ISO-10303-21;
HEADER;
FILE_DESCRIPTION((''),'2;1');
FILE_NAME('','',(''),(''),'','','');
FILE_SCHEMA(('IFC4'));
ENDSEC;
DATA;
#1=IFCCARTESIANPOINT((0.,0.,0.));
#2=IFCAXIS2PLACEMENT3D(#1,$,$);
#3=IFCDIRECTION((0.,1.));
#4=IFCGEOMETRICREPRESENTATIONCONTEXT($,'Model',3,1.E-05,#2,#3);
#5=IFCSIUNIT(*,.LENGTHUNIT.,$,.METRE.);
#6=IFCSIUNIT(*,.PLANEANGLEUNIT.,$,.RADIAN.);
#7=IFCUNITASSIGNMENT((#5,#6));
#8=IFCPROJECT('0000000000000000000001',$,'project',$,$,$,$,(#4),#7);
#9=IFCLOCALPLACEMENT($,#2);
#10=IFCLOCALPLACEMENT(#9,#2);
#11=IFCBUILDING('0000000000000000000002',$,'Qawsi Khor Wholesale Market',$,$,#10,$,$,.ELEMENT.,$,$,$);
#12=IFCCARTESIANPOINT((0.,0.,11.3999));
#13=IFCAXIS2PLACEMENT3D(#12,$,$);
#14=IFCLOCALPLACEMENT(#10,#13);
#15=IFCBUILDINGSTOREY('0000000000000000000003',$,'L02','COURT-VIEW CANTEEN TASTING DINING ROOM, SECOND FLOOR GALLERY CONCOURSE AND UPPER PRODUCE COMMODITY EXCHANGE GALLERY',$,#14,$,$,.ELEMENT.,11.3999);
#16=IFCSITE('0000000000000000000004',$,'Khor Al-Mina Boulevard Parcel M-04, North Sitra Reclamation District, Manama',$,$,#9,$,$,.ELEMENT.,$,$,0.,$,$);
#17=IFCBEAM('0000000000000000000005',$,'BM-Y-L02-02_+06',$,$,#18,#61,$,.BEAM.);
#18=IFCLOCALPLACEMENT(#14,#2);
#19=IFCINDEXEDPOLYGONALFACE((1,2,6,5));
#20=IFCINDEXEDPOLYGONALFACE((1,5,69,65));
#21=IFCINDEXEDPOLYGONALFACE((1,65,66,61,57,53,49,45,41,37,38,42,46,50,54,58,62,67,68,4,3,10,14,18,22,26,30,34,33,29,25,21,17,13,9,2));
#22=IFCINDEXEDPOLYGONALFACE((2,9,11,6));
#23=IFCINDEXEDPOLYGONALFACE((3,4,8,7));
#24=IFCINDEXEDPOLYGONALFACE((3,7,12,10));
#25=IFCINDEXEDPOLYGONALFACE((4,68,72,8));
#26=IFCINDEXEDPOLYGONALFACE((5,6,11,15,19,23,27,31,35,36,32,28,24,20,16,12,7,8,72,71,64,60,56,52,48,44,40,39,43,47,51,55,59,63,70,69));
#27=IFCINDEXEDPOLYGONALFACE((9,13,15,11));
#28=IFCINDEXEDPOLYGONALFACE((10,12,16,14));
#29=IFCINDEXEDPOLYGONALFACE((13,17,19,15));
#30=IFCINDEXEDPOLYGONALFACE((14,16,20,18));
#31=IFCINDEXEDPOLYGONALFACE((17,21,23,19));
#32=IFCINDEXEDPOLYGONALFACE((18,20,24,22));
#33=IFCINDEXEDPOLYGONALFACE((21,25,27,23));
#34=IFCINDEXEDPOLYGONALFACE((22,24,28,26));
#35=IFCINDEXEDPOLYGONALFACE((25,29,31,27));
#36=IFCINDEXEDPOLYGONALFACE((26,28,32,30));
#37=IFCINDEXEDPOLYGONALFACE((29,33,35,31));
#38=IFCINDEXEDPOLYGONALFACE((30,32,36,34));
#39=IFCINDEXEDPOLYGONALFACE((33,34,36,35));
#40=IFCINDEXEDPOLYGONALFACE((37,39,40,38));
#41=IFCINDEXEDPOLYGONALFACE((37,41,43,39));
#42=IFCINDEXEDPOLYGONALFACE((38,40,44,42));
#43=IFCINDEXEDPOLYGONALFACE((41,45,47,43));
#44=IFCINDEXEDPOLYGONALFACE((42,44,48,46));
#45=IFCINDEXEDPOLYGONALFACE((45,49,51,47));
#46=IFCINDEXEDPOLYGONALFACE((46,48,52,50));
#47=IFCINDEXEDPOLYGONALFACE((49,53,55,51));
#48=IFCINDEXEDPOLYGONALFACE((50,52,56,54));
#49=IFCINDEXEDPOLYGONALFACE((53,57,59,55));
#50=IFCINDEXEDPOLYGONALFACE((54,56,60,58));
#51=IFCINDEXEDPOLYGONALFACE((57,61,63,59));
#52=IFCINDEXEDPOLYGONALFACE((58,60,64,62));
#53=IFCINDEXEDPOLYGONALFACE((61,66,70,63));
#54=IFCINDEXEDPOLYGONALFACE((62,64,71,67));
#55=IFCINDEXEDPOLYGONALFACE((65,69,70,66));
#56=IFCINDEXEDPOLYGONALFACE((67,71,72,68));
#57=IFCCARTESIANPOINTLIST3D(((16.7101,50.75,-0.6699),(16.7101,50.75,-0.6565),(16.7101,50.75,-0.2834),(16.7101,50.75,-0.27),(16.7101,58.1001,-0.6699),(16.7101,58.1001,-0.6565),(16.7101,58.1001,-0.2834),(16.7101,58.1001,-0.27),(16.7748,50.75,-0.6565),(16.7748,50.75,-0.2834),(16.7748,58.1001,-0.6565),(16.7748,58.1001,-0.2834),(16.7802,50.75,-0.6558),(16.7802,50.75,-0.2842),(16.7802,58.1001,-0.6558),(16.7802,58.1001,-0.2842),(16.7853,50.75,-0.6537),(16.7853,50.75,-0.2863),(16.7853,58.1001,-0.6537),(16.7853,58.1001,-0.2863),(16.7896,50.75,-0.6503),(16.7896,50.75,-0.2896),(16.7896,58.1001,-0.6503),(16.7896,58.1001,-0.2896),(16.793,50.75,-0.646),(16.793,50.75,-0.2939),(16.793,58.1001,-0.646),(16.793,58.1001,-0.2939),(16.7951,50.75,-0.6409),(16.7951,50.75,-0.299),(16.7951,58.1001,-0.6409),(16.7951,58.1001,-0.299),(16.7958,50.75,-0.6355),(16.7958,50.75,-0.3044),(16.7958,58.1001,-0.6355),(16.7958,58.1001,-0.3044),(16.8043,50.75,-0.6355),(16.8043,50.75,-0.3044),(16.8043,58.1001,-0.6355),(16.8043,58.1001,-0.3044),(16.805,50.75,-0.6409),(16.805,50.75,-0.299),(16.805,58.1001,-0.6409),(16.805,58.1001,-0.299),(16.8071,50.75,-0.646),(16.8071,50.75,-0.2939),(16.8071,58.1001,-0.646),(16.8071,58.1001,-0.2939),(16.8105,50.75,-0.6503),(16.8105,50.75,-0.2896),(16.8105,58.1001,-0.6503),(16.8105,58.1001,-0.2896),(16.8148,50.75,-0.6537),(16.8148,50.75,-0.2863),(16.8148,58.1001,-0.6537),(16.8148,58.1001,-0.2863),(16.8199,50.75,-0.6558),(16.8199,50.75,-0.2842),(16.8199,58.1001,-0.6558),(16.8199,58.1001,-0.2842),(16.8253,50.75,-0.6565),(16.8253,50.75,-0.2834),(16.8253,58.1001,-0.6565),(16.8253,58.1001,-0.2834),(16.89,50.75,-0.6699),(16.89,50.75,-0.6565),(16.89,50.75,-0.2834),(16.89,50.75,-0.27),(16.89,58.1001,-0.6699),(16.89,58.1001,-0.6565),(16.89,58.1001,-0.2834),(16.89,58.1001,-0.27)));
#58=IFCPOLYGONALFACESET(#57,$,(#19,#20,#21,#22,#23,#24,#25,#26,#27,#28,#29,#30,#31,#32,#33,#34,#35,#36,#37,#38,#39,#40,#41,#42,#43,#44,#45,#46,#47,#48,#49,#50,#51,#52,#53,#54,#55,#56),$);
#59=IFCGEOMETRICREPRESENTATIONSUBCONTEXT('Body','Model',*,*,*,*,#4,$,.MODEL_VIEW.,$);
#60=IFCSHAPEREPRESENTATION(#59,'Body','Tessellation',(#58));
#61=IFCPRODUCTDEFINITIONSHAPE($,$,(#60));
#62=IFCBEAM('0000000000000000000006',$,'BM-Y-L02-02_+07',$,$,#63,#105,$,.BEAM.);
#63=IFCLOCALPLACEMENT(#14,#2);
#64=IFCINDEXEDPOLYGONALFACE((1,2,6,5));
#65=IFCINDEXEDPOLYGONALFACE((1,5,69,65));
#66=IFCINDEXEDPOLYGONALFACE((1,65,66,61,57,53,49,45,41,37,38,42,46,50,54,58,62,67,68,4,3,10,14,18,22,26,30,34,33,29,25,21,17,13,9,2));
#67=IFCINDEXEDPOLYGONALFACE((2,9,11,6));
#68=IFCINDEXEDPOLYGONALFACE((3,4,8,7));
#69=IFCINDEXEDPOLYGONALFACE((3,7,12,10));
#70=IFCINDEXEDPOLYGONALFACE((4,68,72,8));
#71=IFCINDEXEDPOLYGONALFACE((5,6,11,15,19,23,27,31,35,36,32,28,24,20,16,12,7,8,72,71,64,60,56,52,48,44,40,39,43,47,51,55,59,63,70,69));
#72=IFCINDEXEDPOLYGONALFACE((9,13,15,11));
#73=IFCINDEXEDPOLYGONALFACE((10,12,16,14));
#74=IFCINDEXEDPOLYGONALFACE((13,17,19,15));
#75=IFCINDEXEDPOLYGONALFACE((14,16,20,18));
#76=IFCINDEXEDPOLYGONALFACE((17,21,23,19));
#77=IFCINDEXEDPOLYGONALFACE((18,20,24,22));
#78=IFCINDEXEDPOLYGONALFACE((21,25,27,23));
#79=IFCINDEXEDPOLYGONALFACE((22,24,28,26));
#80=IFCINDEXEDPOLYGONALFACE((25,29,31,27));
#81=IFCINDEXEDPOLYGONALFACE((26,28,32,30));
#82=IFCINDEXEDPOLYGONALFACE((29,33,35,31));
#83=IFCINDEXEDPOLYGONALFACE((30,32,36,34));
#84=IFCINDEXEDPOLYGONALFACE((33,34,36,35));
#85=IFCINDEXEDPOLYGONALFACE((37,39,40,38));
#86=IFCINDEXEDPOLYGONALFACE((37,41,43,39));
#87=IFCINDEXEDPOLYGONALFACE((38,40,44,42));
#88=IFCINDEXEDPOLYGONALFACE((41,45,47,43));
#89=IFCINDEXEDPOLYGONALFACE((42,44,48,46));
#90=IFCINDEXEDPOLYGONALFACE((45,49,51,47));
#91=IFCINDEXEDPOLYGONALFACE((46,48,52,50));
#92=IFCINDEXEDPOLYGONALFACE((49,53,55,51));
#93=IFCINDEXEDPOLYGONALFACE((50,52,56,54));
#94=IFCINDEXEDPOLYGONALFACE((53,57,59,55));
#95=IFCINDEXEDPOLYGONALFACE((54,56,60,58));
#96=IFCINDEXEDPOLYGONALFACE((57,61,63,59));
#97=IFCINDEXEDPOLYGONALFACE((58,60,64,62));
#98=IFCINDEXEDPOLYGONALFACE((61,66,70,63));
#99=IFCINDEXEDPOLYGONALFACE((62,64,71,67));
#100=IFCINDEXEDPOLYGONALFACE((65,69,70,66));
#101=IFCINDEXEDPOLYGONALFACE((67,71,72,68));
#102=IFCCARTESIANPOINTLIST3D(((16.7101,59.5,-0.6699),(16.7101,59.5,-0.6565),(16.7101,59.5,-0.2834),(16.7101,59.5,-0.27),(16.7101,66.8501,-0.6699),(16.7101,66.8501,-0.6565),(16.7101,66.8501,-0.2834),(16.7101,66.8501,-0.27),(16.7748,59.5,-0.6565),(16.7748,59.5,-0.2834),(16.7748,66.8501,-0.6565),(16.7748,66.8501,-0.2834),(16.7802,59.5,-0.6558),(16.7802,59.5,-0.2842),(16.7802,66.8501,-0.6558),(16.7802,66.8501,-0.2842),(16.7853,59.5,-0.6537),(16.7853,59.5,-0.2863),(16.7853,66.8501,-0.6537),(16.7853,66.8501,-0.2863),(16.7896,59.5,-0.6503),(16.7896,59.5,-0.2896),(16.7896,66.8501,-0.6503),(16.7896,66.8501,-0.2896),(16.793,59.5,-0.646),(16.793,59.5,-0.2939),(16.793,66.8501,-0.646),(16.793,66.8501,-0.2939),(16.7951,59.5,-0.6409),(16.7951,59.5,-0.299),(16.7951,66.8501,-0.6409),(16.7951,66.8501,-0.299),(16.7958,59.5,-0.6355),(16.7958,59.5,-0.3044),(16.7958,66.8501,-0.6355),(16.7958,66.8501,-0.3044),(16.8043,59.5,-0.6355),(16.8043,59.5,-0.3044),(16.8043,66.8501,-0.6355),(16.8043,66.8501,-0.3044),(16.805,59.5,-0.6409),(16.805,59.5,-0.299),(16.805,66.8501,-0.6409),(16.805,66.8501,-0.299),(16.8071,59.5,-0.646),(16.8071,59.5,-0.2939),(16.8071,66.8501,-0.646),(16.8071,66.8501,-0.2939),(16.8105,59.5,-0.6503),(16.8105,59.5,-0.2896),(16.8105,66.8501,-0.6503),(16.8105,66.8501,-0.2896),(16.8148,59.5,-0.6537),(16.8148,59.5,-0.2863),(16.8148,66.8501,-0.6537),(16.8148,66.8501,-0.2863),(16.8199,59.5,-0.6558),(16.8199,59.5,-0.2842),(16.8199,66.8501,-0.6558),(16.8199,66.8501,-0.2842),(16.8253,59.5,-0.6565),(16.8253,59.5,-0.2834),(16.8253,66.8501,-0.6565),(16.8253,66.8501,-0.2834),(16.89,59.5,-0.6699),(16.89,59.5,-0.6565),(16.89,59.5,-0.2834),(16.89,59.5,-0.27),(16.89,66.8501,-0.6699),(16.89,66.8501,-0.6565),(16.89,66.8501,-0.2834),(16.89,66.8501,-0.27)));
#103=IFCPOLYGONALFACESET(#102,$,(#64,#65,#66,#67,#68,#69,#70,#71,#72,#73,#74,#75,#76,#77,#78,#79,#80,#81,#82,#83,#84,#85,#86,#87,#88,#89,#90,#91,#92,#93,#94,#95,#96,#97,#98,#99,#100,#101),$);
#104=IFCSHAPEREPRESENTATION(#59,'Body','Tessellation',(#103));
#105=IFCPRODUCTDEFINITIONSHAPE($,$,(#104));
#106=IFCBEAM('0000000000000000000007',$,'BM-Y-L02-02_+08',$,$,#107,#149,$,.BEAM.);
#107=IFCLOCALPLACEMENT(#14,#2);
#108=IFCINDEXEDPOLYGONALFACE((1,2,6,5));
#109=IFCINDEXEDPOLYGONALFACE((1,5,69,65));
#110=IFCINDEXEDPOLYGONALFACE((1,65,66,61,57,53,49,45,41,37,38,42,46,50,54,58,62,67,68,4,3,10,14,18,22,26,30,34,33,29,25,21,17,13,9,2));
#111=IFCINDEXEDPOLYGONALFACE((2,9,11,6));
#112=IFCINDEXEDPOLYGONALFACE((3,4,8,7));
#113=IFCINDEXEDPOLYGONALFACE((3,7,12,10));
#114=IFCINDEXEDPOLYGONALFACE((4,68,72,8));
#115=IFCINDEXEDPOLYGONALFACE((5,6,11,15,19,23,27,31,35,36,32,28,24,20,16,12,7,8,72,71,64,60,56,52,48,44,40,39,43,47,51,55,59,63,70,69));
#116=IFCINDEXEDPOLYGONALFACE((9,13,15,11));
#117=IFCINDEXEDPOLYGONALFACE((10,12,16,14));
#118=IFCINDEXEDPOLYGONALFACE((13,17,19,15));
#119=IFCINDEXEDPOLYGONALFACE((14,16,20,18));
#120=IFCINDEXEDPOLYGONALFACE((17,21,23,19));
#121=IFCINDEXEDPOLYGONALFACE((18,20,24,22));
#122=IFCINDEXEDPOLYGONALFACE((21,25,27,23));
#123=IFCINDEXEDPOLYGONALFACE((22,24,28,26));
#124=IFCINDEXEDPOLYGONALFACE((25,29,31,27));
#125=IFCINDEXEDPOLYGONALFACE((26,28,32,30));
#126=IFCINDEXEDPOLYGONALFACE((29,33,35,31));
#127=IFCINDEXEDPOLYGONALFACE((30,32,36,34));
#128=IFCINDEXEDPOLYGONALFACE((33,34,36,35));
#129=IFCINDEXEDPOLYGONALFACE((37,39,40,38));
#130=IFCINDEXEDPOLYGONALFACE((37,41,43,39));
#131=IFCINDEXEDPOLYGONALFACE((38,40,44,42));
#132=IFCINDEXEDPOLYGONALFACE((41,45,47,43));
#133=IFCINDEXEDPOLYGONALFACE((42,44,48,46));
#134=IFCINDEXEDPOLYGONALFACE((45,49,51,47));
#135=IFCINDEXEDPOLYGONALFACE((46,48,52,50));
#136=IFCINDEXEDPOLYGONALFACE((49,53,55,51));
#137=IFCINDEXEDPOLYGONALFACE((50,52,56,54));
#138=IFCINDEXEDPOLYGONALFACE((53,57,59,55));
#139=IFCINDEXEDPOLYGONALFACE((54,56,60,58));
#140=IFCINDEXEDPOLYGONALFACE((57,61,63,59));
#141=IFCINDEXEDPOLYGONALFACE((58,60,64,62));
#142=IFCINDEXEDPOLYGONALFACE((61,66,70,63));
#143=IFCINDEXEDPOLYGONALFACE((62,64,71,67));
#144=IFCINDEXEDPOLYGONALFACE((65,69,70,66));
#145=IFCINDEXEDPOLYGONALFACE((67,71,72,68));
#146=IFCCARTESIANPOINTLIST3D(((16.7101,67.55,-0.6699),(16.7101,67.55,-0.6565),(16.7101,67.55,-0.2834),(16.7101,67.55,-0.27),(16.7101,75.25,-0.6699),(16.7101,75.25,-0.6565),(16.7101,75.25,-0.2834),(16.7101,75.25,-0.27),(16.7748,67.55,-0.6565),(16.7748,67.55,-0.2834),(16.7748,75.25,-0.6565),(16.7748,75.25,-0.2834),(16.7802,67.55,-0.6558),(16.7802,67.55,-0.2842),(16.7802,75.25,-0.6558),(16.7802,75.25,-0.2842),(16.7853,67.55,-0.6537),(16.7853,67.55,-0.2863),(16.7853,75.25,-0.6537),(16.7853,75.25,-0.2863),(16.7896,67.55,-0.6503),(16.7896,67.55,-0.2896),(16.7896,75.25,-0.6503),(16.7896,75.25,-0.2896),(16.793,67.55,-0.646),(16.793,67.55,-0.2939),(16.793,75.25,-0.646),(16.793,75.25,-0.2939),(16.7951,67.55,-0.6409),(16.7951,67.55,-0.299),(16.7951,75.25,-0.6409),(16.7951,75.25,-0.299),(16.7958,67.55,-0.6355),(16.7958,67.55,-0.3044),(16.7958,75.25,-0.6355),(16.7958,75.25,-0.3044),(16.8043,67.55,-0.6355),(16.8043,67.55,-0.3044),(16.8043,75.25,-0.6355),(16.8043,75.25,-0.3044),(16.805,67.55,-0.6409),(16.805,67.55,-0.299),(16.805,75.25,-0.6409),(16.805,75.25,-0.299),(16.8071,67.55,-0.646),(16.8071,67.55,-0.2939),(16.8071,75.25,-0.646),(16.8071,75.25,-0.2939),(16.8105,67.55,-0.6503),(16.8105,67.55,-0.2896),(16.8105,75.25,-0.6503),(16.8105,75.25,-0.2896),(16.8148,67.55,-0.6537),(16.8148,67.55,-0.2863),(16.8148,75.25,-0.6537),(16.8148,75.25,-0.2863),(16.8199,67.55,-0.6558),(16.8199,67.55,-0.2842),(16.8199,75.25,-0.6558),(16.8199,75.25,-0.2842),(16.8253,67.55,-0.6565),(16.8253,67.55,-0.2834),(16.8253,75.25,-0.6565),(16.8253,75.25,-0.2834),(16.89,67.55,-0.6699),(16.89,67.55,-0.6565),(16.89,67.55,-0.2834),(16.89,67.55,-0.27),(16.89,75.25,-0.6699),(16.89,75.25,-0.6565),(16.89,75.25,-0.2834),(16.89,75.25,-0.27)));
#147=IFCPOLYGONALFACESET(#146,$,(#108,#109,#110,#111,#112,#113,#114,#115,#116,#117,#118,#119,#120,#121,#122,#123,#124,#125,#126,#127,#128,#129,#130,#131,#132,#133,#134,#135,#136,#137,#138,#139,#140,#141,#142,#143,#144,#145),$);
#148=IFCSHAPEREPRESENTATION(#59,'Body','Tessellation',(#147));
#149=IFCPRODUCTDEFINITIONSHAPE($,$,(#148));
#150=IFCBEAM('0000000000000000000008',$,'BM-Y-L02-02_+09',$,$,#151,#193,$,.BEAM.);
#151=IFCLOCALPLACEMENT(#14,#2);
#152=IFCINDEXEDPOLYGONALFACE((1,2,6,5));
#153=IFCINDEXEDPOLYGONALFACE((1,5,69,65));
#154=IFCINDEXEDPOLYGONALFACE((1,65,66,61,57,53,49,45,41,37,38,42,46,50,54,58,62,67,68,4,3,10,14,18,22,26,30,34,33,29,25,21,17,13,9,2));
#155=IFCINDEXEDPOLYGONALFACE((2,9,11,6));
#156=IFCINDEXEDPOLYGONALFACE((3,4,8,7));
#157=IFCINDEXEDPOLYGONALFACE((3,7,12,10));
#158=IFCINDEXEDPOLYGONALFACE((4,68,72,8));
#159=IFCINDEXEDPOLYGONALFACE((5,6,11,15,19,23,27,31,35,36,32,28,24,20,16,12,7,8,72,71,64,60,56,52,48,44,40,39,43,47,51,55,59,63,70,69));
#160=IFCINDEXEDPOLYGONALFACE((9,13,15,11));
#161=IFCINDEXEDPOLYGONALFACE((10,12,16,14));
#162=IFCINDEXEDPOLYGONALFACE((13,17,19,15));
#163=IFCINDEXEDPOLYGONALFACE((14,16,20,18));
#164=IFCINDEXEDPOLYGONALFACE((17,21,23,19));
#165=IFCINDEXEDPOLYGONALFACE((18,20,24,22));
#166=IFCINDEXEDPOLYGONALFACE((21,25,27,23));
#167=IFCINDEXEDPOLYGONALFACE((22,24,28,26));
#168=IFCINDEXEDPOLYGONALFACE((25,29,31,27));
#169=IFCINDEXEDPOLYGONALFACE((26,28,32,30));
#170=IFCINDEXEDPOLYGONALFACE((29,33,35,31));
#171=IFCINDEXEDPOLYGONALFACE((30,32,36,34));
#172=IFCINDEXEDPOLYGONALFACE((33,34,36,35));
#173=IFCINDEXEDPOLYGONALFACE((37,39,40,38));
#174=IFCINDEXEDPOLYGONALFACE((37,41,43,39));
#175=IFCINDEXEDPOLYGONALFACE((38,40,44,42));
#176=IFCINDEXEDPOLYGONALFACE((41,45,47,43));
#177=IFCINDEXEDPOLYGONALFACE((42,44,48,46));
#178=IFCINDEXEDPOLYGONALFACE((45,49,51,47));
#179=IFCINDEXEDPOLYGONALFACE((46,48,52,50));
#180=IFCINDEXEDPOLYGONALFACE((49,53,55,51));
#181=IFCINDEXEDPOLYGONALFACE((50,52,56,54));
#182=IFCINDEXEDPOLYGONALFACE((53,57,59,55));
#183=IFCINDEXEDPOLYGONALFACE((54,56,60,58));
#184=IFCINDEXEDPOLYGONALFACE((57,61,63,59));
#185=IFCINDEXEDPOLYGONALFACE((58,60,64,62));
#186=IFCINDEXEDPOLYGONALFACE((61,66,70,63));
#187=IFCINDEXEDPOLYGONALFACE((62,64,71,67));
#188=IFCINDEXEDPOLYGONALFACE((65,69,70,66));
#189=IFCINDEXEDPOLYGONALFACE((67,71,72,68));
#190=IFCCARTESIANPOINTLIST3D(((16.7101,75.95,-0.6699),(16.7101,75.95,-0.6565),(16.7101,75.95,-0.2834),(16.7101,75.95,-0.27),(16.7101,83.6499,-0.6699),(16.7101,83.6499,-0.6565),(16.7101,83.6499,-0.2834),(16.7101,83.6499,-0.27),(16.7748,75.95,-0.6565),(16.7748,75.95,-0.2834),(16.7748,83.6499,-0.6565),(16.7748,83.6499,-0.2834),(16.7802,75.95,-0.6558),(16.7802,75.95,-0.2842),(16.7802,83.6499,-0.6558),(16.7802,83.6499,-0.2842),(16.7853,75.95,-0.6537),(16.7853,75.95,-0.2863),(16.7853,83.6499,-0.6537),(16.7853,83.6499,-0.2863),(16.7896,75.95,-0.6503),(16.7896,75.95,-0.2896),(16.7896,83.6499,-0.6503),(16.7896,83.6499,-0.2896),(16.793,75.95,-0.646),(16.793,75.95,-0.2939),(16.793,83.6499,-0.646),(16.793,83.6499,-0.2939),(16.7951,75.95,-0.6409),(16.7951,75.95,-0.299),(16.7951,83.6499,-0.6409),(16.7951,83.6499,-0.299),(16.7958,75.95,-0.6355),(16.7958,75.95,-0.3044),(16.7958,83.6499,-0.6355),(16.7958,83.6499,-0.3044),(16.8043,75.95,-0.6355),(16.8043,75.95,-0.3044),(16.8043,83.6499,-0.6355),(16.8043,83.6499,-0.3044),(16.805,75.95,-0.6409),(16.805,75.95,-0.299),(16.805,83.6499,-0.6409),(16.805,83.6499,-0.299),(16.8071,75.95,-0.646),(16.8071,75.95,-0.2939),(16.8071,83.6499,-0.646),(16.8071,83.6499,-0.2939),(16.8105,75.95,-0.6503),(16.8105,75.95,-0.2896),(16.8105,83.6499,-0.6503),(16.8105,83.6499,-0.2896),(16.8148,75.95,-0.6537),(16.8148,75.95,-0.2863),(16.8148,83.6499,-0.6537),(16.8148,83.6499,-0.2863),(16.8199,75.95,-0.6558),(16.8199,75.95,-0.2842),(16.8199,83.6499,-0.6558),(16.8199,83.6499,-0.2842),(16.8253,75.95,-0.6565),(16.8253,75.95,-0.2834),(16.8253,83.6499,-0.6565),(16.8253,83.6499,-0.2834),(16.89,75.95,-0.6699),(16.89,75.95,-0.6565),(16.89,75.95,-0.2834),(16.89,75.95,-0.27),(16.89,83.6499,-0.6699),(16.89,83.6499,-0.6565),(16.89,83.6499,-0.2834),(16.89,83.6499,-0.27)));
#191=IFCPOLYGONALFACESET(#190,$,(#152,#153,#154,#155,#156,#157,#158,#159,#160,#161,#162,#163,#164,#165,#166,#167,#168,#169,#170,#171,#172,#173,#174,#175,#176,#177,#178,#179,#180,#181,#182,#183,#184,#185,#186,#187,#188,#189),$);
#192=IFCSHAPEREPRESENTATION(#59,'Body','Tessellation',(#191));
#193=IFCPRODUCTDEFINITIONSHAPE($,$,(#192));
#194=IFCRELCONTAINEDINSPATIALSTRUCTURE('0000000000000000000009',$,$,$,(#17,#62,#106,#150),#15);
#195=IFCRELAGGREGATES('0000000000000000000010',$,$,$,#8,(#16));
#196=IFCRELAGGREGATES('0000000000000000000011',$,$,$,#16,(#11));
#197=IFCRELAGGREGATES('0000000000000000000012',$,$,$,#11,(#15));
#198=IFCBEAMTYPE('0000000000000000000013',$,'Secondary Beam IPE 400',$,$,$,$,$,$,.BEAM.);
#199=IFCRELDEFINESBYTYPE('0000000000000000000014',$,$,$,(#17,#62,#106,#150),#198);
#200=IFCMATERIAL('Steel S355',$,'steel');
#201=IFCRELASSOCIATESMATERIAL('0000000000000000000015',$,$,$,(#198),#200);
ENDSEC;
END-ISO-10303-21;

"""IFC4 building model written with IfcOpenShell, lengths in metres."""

from ifc_helpers import new_model, si_unit, direction, frame, origin, origin_2d, place, context, subcontext, project, spatial, i_section, extrude, material, material_profile, profile_set, type_object, element, save


model = new_model("IFC4")

# Units and contexts
model_context = context("Model", 3, precision=1e-05, world=origin(), true_north=direction((0.0, 1.0)))
body_context = subcontext(model_context, "Body", "Model", "MODEL_VIEW")
ifc_project = project(units=[si_unit("LENGTHUNIT", "METRE"), si_unit("PLANEANGLEUNIT", "RADIAN")], contexts=[model_context])

# Site, building, storey
site_placement = place(None, origin())
site = spatial("IfcSite", under=ifc_project, at=site_placement, Name="Khor Al-Mina Boulevard Parcel M-04, North Sitra Reclamation District, Manama", CompositionType="ELEMENT", RefElevation=0.0)
building_placement = place(site_placement, origin())
building = spatial("IfcBuilding", under=site, at=building_placement, Name="Qawsi Khor Wholesale Market", CompositionType="ELEMENT")
storey_placement = place(building_placement, frame((0.0, 0.0, 11.3999)))
storey = spatial("IfcBuildingStorey", under=building, at=storey_placement, Name="L02", Description="COURT-VIEW CANTEEN TASTING DINING ROOM, SECOND FLOOR GALLERY CONCOURSE AND UPPER PRODUCE COMMODITY EXCHANGE GALLERY", CompositionType="ELEMENT", Elevation=11.3999)

# Beams
ifc_material_1 = material(Name="Steel S355", Category="steel")
ifc_material_profile_1 = material_profile(ifc_material_1, i_section(OverallWidth=0.1799, OverallDepth=0.3999, WebThickness=0.0085, FlangeThickness=0.0134, FilletRadius=0.021, at=origin_2d()), Name="IPE 400")
ifc_profile_set_1 = profile_set([ifc_material_profile_1], Name="Steel S355")
beam_type_1 = type_object("IfcBeamType", Name="Secondary Beam IPE 400", PredefinedType="BEAM", material=ifc_profile_set_1)
for number, where, z_axis, x_axis, name in (
    (1, (16.8, 50.75, -0.47), (0.0, 1.0, 0.0), (-1.0, 0.0, 0.0), "BM-Y-L02-02_+06"),
    (2, (16.8, 59.5, -0.47), (0.0, 1.0, 0.0), (-1.0, 0.0, 0.0), "BM-Y-L02-02_+07"),
):
    element("IfcBeam", number, at=place(storey_placement, frame(where, z_axis=z_axis, x_axis=x_axis)), inside=storey, type_object=beam_type_1, Name=name, PredefinedType="BEAM", context=body_context, shape_type="SweptSolid", body=[
        extrude(i_section(OverallWidth=0.1799, OverallDepth=0.3999, WebThickness=0.0085, FlangeThickness=0.0134, FilletRadius=0.021, at=origin_2d()), origin(), (0.0, 0.0, 1.0), 7.3501),
    ])
for number, where, z_axis, x_axis, name in (
    (3, (16.8, 67.55, -0.47), (0.0, 1.0, 0.0), (-1.0, 0.0, 0.0), "BM-Y-L02-02_+08"),
    (4, (16.8, 75.95, -0.47), (0.0, 1.0, 0.0), (-1.0, 0.0, 0.0), "BM-Y-L02-02_+09"),
):
    element("IfcBeam", number, at=place(storey_placement, frame(where, z_axis=z_axis, x_axis=x_axis)), inside=storey, type_object=beam_type_1, Name=name, PredefinedType="BEAM", context=body_context, shape_type="SweptSolid", body=[
        extrude(i_section(OverallWidth=0.1799, OverallDepth=0.3999, WebThickness=0.0085, FlangeThickness=0.0134, FilletRadius=0.021, at=origin_2d()), origin(), (0.0, 0.0, 1.0), 7.7),
    ])

save(model, "model.ifc")
